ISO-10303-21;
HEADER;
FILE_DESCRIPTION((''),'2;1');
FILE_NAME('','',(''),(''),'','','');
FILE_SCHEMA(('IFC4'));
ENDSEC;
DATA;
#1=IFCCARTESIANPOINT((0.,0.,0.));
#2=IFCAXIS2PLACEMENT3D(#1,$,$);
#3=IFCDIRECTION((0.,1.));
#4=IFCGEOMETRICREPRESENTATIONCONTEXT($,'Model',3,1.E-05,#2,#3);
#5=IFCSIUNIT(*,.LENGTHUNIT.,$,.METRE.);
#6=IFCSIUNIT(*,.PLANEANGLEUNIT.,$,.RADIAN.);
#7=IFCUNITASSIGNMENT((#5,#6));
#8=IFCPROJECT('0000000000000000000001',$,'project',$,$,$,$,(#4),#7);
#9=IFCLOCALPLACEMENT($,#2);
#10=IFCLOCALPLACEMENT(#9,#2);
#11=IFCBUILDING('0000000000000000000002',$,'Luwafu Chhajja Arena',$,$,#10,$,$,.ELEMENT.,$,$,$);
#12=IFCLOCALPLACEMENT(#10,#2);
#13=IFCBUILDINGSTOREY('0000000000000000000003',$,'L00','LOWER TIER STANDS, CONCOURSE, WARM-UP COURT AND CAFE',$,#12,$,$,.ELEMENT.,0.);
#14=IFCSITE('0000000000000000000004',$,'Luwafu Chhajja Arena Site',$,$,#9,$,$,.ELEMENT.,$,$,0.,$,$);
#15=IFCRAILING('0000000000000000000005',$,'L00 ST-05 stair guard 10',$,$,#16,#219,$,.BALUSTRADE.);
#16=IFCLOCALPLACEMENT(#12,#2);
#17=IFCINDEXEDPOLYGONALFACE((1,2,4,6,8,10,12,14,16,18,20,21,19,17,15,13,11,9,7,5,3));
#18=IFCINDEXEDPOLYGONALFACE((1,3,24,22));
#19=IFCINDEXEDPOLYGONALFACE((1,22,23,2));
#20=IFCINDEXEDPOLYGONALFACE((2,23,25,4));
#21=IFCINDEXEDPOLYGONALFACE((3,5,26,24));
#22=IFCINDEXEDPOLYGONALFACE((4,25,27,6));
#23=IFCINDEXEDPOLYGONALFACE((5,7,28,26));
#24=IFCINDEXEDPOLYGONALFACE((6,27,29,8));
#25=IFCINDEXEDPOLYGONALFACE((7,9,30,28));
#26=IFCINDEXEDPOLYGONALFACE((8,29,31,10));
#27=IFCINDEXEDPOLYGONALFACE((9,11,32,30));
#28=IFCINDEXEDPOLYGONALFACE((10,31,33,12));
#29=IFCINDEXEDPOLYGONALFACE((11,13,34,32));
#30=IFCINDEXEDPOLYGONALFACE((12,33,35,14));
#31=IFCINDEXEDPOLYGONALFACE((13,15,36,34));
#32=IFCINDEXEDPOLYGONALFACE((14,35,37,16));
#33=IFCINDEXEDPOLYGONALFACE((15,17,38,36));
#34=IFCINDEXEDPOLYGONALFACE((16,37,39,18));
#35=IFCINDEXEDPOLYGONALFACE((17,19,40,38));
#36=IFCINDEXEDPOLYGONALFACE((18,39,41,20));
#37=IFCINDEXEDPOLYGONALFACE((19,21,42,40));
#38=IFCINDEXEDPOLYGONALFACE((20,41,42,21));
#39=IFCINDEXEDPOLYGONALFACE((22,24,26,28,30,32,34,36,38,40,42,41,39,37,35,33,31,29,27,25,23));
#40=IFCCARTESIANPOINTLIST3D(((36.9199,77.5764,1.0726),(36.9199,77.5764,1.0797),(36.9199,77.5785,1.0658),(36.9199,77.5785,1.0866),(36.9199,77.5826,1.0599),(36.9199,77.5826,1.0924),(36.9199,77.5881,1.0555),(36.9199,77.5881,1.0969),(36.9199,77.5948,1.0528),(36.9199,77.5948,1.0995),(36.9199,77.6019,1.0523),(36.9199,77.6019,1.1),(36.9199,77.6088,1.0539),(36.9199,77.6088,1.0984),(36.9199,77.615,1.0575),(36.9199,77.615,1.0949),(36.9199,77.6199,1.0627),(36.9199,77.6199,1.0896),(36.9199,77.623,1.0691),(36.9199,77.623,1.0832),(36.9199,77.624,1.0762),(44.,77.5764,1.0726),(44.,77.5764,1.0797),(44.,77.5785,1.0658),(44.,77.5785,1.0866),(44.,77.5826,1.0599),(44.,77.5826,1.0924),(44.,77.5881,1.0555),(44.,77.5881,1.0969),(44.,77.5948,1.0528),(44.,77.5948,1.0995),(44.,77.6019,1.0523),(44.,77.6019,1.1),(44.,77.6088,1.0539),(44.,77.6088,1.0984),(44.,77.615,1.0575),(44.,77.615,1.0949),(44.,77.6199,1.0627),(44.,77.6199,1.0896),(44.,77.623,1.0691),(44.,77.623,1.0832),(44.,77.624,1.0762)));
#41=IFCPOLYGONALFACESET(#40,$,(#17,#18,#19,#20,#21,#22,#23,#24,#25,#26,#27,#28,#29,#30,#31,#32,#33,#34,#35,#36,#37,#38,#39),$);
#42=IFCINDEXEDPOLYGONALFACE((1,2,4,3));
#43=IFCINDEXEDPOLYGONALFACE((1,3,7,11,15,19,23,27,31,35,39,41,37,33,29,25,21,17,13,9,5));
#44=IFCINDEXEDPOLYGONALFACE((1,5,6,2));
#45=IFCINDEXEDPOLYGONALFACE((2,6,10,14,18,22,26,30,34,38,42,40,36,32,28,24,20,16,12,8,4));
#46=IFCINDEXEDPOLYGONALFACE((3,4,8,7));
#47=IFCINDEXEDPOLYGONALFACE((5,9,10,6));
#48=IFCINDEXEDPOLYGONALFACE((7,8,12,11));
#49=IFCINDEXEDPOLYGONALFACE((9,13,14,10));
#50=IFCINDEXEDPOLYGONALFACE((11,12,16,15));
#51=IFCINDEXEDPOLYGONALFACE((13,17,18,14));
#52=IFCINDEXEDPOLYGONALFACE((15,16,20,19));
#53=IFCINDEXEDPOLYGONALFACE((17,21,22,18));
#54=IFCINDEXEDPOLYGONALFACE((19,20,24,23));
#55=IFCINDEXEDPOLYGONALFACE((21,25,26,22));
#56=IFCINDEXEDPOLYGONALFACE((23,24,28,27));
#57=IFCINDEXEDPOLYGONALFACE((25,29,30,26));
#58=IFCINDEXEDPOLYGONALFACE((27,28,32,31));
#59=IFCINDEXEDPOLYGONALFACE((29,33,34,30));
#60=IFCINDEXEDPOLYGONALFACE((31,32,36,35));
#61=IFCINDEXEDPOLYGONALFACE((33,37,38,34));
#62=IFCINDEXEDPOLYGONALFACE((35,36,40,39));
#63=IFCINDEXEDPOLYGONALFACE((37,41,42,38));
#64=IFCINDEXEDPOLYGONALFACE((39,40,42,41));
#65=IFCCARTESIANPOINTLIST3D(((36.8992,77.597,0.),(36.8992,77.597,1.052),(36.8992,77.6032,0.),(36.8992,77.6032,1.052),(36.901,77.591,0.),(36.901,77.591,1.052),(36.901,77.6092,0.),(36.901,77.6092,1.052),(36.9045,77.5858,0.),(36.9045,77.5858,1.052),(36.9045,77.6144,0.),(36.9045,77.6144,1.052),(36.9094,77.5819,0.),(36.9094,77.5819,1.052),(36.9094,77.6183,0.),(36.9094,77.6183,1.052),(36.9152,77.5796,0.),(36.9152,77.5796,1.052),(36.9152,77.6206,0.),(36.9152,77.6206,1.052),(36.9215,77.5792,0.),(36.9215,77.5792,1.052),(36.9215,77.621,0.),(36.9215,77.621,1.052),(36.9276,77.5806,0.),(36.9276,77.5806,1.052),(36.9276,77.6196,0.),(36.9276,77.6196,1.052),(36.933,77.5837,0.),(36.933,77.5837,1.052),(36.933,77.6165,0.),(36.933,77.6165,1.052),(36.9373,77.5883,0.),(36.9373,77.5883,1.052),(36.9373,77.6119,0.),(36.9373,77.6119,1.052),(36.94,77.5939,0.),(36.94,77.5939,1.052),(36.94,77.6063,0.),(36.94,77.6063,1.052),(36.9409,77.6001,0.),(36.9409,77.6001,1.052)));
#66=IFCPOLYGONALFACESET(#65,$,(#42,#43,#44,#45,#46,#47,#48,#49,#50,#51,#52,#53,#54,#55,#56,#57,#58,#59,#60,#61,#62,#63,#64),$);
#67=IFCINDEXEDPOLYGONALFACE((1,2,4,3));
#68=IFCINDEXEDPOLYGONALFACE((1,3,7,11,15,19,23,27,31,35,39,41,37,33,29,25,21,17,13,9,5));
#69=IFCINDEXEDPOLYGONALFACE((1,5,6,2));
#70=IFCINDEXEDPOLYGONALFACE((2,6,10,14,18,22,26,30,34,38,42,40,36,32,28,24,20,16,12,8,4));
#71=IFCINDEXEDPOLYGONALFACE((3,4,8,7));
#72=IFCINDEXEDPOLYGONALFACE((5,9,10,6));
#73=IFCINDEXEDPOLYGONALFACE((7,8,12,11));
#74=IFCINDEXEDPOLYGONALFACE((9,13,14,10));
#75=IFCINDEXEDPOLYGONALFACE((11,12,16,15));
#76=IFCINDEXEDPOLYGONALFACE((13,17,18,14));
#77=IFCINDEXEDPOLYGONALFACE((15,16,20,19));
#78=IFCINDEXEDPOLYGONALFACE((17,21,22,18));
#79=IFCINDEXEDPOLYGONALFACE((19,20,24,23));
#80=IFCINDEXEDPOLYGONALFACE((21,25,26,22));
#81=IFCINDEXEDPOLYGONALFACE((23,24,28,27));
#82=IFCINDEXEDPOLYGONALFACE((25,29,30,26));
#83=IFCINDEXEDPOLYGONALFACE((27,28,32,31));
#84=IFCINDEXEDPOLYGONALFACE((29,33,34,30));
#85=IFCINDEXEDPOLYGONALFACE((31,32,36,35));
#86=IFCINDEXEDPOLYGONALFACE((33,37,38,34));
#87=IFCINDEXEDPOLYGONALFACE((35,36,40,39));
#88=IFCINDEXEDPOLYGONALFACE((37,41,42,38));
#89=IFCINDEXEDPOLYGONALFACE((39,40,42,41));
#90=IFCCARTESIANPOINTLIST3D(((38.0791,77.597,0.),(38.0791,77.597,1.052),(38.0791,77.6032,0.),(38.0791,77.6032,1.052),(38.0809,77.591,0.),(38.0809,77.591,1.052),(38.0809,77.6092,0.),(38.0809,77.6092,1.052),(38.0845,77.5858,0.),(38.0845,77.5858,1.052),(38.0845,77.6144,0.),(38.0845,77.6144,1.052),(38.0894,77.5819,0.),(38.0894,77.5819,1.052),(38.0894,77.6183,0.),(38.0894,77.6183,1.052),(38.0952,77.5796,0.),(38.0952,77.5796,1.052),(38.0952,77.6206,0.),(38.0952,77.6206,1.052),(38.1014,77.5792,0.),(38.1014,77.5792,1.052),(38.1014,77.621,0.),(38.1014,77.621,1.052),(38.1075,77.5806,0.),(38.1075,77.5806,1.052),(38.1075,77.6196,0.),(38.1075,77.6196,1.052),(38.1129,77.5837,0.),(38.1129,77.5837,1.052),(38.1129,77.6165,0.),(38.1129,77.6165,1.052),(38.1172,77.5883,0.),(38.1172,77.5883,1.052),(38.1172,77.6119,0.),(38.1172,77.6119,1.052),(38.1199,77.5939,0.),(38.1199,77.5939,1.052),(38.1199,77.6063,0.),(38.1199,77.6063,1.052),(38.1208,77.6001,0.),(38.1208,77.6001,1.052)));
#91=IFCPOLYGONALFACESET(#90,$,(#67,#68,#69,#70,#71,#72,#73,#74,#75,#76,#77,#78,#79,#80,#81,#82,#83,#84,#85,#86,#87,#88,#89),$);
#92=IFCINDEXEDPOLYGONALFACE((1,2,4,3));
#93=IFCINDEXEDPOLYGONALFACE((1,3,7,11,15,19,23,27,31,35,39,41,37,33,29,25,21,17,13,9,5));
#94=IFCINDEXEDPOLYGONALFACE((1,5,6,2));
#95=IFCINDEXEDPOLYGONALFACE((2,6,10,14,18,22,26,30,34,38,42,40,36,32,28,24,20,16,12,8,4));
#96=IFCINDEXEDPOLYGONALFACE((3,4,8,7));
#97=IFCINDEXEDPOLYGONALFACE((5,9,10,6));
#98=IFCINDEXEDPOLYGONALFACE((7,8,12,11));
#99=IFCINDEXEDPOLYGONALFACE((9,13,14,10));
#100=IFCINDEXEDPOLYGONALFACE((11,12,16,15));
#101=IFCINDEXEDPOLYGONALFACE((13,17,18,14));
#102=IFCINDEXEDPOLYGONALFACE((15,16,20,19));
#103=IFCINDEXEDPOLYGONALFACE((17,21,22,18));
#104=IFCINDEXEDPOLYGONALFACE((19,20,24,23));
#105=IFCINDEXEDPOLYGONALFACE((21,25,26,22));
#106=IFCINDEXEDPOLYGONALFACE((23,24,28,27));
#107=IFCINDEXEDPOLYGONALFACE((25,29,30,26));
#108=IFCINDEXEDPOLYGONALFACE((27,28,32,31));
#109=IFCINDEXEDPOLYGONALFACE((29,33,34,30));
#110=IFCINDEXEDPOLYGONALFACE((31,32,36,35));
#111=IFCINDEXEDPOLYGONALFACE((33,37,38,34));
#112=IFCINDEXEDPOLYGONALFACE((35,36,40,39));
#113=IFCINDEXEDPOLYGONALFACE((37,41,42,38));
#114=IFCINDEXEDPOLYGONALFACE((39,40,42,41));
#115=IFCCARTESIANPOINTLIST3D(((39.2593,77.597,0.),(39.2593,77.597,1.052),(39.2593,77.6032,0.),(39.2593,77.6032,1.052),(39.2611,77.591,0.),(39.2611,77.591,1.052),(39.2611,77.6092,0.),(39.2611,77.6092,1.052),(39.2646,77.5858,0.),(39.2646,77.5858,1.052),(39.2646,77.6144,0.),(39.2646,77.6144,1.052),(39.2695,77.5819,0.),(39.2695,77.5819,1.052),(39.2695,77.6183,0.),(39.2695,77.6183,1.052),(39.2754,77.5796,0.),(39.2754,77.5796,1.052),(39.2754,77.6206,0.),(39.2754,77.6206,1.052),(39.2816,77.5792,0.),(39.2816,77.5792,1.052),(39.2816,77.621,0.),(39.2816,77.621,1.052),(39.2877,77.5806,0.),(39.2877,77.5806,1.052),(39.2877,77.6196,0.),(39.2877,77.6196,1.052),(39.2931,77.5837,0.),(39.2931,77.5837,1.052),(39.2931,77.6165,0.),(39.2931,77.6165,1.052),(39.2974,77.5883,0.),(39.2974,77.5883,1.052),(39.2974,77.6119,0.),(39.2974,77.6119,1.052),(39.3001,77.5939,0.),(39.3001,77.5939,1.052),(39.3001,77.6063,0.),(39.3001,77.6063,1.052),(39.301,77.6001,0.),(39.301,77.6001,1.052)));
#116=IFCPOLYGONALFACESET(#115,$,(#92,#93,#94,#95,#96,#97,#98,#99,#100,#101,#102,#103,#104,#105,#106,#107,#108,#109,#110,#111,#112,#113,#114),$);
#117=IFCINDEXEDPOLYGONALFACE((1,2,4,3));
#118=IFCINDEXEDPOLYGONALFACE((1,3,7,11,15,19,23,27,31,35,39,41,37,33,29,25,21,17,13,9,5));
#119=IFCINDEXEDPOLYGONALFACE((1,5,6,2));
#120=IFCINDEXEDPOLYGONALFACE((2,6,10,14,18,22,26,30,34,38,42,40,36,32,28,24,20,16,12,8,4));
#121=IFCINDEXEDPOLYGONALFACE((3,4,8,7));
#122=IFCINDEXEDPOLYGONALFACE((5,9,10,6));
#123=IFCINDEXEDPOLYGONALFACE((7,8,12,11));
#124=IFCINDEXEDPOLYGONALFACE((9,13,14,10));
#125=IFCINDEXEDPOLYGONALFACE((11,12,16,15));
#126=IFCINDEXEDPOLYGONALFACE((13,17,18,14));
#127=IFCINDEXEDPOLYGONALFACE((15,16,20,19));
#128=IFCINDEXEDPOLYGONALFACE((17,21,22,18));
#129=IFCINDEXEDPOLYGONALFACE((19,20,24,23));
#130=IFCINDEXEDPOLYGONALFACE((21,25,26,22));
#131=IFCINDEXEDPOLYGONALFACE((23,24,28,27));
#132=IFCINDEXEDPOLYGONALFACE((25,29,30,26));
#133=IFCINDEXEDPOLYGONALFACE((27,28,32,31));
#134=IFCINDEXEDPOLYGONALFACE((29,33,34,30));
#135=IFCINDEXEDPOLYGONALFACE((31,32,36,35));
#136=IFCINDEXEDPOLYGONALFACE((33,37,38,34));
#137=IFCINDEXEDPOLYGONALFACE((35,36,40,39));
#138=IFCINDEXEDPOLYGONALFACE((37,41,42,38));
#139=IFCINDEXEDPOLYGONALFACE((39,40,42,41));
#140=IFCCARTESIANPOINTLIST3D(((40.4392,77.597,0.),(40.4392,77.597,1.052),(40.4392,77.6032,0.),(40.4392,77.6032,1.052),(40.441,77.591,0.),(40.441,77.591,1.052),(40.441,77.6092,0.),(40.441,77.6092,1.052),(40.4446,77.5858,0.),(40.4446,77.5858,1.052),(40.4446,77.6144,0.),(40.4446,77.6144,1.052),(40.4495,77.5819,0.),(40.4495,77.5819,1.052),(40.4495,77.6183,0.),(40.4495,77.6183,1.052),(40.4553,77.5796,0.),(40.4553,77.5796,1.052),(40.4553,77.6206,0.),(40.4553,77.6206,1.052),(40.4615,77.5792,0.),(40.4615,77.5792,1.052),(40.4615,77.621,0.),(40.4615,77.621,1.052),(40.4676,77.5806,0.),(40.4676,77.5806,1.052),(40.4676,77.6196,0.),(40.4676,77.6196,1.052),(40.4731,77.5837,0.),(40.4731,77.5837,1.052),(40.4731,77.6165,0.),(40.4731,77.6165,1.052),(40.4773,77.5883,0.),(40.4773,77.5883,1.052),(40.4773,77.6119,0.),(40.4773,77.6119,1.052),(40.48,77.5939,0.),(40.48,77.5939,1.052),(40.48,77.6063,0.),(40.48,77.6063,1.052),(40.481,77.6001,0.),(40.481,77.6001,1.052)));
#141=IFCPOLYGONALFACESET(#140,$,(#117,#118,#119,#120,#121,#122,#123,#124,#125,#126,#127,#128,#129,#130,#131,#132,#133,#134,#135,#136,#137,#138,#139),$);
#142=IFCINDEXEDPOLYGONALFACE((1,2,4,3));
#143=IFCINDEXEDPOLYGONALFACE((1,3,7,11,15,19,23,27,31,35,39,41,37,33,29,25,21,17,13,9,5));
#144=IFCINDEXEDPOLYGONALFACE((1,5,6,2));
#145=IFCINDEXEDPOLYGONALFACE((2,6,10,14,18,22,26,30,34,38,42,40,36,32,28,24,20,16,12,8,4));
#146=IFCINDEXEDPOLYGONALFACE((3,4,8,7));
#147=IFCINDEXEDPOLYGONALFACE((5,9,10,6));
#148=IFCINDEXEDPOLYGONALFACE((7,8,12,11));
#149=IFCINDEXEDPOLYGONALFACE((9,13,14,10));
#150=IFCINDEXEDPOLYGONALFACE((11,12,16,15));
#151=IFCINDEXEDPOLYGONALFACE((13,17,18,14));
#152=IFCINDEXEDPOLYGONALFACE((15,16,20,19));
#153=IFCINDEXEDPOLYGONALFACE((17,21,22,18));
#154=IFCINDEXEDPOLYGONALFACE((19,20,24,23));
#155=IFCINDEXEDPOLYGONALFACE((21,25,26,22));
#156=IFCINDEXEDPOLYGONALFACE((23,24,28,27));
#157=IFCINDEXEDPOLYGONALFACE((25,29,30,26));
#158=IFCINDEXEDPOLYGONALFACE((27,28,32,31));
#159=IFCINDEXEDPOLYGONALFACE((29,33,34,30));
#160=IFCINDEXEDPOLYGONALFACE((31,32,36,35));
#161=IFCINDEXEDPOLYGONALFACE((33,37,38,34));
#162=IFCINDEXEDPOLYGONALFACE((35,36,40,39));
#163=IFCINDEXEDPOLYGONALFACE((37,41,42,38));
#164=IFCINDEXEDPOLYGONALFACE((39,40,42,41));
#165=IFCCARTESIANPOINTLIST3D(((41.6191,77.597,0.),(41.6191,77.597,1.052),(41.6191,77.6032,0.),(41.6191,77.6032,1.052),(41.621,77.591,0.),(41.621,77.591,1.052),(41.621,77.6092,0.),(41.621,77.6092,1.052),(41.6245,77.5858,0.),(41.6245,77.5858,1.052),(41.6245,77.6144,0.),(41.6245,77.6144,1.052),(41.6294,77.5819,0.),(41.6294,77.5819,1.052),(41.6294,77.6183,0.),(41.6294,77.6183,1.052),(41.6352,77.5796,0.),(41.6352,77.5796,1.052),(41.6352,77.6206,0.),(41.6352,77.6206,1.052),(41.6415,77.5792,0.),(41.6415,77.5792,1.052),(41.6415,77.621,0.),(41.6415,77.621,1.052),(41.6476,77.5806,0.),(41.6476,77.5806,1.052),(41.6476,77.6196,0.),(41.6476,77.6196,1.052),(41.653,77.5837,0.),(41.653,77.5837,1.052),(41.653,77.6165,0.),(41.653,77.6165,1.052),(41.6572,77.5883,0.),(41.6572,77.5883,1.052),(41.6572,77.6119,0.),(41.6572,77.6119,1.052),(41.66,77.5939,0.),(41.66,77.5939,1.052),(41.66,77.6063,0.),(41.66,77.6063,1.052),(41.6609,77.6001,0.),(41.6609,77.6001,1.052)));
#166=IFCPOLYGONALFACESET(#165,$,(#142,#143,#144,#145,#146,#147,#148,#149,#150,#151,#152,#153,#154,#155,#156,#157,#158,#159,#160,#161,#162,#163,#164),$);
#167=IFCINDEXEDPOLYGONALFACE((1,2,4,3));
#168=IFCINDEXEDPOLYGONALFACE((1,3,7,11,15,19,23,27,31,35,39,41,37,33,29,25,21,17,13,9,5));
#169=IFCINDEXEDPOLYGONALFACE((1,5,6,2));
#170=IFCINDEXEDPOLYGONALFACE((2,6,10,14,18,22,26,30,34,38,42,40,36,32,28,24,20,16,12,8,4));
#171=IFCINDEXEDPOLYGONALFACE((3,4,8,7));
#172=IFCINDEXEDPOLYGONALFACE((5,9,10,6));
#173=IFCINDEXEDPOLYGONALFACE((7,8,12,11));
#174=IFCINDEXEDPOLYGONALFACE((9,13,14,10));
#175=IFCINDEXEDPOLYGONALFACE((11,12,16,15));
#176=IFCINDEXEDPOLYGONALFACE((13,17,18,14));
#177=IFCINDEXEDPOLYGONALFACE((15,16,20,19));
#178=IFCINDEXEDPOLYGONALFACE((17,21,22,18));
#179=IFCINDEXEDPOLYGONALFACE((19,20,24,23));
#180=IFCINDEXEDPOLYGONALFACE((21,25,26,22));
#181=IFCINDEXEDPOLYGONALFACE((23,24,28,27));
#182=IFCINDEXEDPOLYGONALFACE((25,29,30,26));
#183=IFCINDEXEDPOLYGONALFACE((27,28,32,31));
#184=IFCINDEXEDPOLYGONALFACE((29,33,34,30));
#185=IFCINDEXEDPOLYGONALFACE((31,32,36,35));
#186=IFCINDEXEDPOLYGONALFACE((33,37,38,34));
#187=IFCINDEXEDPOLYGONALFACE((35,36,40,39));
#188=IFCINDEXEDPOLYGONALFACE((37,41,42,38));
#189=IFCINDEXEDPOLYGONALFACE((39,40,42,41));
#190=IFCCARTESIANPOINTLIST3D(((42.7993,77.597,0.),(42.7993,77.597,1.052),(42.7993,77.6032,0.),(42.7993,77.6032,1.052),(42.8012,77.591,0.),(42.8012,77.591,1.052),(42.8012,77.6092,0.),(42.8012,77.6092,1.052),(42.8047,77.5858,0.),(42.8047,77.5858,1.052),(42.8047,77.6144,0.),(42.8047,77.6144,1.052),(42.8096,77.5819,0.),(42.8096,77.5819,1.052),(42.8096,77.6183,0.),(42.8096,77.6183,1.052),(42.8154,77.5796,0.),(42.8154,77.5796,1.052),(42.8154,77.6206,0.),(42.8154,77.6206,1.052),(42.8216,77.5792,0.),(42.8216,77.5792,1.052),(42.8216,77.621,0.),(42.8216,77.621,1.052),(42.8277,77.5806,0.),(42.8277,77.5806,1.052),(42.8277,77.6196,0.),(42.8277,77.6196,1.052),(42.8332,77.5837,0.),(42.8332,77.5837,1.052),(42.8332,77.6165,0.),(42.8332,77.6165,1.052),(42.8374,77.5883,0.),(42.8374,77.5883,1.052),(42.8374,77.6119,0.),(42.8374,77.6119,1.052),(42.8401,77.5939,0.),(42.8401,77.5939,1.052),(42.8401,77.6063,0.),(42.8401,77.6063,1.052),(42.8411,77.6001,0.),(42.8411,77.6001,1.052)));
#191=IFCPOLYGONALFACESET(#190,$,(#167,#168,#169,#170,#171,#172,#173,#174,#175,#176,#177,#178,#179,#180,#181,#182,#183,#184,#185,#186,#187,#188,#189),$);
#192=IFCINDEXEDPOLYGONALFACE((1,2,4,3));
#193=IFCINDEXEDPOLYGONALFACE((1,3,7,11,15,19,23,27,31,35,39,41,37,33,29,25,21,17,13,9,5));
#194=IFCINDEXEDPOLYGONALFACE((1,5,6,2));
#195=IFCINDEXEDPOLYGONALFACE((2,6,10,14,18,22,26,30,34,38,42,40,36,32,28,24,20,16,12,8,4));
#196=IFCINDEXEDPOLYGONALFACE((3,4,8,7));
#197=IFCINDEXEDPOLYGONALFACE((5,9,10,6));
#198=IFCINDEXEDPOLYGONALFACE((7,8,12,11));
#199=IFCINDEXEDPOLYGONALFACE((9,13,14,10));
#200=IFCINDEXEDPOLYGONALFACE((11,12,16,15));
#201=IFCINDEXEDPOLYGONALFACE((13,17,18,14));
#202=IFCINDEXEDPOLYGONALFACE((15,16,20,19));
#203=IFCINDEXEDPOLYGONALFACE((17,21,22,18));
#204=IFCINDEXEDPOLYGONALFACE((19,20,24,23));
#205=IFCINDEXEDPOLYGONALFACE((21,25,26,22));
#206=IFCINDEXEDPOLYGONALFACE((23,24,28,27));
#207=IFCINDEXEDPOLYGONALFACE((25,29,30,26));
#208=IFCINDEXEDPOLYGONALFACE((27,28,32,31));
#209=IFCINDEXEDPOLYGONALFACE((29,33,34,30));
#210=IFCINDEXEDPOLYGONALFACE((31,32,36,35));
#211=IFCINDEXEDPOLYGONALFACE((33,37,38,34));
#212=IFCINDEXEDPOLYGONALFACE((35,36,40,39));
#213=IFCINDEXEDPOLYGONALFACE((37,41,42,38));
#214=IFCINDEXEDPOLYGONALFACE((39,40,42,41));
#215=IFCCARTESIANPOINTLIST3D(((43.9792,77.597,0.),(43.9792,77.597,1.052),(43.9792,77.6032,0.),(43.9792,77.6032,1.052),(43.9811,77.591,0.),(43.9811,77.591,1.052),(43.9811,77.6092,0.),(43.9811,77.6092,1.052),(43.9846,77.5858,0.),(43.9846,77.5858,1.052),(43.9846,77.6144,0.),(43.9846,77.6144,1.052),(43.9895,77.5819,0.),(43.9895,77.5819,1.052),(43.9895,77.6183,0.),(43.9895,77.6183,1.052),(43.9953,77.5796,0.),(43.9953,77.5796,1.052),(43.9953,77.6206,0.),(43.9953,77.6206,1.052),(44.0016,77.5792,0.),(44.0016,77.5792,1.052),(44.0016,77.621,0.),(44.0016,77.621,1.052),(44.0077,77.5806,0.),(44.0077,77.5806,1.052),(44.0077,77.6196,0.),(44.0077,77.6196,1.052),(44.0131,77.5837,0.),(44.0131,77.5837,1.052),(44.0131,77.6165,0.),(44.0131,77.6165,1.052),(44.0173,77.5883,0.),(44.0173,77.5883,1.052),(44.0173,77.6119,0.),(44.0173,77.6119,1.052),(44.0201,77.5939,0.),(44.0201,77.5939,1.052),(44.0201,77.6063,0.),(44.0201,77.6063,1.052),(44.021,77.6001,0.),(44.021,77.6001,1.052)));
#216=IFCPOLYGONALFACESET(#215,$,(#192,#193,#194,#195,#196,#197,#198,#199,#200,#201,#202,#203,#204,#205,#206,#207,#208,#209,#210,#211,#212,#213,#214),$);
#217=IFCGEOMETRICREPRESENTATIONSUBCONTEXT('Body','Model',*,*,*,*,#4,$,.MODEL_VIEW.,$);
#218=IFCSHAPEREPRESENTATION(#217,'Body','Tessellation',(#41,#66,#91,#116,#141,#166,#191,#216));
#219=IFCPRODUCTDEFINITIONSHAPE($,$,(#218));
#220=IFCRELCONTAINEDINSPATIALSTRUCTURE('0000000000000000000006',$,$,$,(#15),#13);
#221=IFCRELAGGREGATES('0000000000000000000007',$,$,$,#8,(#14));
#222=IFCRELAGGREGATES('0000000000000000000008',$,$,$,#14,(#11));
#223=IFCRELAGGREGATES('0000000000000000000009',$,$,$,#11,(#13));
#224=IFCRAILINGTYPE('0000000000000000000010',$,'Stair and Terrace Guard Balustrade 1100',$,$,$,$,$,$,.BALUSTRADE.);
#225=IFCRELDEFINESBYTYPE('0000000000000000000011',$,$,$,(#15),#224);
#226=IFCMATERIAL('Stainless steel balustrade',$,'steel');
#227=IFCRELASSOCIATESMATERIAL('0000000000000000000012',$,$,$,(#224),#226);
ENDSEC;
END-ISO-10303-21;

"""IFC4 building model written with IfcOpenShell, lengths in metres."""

from ifc_helpers import new_model, si_unit, direction, frame, origin, origin_2d, place, context, subcontext, project, spatial, circle, extrude, material, type_object, element, save


model = new_model("IFC4")

# Units and contexts
model_context = context("Model", 3, precision=1e-05, world=origin(), true_north=direction((0.0, 1.0)))
body_context = subcontext(model_context, "Body", "Model", "MODEL_VIEW")
ifc_project = project(units=[si_unit("LENGTHUNIT", "METRE"), si_unit("PLANEANGLEUNIT", "RADIAN")], contexts=[model_context])

# Site, building, storey
site_placement = place(None, origin())
site = spatial("IfcSite", under=ifc_project, at=site_placement, Name="Luwafu Chhajja Arena Site", CompositionType="ELEMENT", RefElevation=0.0)
building_placement = place(site_placement, origin())
building = spatial("IfcBuilding", under=site, at=building_placement, Name="Luwafu Chhajja Arena", CompositionType="ELEMENT")
storey_placement = place(building_placement, origin())
storey = spatial("IfcBuildingStorey", under=building, at=storey_placement, Name="L00", Description="LOWER TIER STANDS, CONCOURSE, WARM-UP COURT AND CAFE", CompositionType="ELEMENT", Elevation=0.0)

# Railing
ifc_material_1 = material(Name="Stainless steel balustrade", Category="steel")
railing_type_1 = type_object("IfcRailingType", Name="Stair and Terrace Guard Balustrade 1100", PredefinedType="BALUSTRADE", material=ifc_material_1)
railing_1_placement = place(storey_placement, frame((36.9199, 77.6001, 0.0)))
element("IfcRailing", 1, at=railing_1_placement, inside=storey, type_object=railing_type_1, Name="L00 ST-05 stair guard 10", PredefinedType="BALUSTRADE", context=body_context, shape_type="SweptSolid", body=[
    extrude(circle(Radius=0.0239, at=origin_2d()), frame((0.0, 0.0, 1.0762), z_axis=(1.0, 0.0, 0.0), x_axis=(0.0, 1.0, 0.0)), (0.0, 0.0, 1.0), 7.0801),
    extrude(circle(Radius=0.021, at=origin_2d()), origin(), (0.0, 0.0, 1.0), 1.052),
    extrude(circle(Radius=0.021, at=origin_2d()), frame((1.1799, 0.0, 0.0)), (0.0, 0.0, 1.0), 1.052),
    extrude(circle(Radius=0.021, at=origin_2d()), frame((2.3601, 0.0, 0.0)), (0.0, 0.0, 1.0), 1.052),
    extrude(circle(Radius=0.021, at=origin_2d()), frame((3.54, 0.0, 0.0)), (0.0, 0.0, 1.0), 1.052),
    extrude(circle(Radius=0.021, at=origin_2d()), frame((4.72, 0.0, 0.0)), (0.0, 0.0, 1.0), 1.052),
    extrude(circle(Radius=0.021, at=origin_2d()), frame((5.9001, 0.0, 0.0)), (0.0, 0.0, 1.0), 1.052),
    extrude(circle(Radius=0.021, at=origin_2d()), frame((7.0801, 0.0, 0.0)), (0.0, 0.0, 1.0), 1.052),
])

save(model, "model.ifc")
